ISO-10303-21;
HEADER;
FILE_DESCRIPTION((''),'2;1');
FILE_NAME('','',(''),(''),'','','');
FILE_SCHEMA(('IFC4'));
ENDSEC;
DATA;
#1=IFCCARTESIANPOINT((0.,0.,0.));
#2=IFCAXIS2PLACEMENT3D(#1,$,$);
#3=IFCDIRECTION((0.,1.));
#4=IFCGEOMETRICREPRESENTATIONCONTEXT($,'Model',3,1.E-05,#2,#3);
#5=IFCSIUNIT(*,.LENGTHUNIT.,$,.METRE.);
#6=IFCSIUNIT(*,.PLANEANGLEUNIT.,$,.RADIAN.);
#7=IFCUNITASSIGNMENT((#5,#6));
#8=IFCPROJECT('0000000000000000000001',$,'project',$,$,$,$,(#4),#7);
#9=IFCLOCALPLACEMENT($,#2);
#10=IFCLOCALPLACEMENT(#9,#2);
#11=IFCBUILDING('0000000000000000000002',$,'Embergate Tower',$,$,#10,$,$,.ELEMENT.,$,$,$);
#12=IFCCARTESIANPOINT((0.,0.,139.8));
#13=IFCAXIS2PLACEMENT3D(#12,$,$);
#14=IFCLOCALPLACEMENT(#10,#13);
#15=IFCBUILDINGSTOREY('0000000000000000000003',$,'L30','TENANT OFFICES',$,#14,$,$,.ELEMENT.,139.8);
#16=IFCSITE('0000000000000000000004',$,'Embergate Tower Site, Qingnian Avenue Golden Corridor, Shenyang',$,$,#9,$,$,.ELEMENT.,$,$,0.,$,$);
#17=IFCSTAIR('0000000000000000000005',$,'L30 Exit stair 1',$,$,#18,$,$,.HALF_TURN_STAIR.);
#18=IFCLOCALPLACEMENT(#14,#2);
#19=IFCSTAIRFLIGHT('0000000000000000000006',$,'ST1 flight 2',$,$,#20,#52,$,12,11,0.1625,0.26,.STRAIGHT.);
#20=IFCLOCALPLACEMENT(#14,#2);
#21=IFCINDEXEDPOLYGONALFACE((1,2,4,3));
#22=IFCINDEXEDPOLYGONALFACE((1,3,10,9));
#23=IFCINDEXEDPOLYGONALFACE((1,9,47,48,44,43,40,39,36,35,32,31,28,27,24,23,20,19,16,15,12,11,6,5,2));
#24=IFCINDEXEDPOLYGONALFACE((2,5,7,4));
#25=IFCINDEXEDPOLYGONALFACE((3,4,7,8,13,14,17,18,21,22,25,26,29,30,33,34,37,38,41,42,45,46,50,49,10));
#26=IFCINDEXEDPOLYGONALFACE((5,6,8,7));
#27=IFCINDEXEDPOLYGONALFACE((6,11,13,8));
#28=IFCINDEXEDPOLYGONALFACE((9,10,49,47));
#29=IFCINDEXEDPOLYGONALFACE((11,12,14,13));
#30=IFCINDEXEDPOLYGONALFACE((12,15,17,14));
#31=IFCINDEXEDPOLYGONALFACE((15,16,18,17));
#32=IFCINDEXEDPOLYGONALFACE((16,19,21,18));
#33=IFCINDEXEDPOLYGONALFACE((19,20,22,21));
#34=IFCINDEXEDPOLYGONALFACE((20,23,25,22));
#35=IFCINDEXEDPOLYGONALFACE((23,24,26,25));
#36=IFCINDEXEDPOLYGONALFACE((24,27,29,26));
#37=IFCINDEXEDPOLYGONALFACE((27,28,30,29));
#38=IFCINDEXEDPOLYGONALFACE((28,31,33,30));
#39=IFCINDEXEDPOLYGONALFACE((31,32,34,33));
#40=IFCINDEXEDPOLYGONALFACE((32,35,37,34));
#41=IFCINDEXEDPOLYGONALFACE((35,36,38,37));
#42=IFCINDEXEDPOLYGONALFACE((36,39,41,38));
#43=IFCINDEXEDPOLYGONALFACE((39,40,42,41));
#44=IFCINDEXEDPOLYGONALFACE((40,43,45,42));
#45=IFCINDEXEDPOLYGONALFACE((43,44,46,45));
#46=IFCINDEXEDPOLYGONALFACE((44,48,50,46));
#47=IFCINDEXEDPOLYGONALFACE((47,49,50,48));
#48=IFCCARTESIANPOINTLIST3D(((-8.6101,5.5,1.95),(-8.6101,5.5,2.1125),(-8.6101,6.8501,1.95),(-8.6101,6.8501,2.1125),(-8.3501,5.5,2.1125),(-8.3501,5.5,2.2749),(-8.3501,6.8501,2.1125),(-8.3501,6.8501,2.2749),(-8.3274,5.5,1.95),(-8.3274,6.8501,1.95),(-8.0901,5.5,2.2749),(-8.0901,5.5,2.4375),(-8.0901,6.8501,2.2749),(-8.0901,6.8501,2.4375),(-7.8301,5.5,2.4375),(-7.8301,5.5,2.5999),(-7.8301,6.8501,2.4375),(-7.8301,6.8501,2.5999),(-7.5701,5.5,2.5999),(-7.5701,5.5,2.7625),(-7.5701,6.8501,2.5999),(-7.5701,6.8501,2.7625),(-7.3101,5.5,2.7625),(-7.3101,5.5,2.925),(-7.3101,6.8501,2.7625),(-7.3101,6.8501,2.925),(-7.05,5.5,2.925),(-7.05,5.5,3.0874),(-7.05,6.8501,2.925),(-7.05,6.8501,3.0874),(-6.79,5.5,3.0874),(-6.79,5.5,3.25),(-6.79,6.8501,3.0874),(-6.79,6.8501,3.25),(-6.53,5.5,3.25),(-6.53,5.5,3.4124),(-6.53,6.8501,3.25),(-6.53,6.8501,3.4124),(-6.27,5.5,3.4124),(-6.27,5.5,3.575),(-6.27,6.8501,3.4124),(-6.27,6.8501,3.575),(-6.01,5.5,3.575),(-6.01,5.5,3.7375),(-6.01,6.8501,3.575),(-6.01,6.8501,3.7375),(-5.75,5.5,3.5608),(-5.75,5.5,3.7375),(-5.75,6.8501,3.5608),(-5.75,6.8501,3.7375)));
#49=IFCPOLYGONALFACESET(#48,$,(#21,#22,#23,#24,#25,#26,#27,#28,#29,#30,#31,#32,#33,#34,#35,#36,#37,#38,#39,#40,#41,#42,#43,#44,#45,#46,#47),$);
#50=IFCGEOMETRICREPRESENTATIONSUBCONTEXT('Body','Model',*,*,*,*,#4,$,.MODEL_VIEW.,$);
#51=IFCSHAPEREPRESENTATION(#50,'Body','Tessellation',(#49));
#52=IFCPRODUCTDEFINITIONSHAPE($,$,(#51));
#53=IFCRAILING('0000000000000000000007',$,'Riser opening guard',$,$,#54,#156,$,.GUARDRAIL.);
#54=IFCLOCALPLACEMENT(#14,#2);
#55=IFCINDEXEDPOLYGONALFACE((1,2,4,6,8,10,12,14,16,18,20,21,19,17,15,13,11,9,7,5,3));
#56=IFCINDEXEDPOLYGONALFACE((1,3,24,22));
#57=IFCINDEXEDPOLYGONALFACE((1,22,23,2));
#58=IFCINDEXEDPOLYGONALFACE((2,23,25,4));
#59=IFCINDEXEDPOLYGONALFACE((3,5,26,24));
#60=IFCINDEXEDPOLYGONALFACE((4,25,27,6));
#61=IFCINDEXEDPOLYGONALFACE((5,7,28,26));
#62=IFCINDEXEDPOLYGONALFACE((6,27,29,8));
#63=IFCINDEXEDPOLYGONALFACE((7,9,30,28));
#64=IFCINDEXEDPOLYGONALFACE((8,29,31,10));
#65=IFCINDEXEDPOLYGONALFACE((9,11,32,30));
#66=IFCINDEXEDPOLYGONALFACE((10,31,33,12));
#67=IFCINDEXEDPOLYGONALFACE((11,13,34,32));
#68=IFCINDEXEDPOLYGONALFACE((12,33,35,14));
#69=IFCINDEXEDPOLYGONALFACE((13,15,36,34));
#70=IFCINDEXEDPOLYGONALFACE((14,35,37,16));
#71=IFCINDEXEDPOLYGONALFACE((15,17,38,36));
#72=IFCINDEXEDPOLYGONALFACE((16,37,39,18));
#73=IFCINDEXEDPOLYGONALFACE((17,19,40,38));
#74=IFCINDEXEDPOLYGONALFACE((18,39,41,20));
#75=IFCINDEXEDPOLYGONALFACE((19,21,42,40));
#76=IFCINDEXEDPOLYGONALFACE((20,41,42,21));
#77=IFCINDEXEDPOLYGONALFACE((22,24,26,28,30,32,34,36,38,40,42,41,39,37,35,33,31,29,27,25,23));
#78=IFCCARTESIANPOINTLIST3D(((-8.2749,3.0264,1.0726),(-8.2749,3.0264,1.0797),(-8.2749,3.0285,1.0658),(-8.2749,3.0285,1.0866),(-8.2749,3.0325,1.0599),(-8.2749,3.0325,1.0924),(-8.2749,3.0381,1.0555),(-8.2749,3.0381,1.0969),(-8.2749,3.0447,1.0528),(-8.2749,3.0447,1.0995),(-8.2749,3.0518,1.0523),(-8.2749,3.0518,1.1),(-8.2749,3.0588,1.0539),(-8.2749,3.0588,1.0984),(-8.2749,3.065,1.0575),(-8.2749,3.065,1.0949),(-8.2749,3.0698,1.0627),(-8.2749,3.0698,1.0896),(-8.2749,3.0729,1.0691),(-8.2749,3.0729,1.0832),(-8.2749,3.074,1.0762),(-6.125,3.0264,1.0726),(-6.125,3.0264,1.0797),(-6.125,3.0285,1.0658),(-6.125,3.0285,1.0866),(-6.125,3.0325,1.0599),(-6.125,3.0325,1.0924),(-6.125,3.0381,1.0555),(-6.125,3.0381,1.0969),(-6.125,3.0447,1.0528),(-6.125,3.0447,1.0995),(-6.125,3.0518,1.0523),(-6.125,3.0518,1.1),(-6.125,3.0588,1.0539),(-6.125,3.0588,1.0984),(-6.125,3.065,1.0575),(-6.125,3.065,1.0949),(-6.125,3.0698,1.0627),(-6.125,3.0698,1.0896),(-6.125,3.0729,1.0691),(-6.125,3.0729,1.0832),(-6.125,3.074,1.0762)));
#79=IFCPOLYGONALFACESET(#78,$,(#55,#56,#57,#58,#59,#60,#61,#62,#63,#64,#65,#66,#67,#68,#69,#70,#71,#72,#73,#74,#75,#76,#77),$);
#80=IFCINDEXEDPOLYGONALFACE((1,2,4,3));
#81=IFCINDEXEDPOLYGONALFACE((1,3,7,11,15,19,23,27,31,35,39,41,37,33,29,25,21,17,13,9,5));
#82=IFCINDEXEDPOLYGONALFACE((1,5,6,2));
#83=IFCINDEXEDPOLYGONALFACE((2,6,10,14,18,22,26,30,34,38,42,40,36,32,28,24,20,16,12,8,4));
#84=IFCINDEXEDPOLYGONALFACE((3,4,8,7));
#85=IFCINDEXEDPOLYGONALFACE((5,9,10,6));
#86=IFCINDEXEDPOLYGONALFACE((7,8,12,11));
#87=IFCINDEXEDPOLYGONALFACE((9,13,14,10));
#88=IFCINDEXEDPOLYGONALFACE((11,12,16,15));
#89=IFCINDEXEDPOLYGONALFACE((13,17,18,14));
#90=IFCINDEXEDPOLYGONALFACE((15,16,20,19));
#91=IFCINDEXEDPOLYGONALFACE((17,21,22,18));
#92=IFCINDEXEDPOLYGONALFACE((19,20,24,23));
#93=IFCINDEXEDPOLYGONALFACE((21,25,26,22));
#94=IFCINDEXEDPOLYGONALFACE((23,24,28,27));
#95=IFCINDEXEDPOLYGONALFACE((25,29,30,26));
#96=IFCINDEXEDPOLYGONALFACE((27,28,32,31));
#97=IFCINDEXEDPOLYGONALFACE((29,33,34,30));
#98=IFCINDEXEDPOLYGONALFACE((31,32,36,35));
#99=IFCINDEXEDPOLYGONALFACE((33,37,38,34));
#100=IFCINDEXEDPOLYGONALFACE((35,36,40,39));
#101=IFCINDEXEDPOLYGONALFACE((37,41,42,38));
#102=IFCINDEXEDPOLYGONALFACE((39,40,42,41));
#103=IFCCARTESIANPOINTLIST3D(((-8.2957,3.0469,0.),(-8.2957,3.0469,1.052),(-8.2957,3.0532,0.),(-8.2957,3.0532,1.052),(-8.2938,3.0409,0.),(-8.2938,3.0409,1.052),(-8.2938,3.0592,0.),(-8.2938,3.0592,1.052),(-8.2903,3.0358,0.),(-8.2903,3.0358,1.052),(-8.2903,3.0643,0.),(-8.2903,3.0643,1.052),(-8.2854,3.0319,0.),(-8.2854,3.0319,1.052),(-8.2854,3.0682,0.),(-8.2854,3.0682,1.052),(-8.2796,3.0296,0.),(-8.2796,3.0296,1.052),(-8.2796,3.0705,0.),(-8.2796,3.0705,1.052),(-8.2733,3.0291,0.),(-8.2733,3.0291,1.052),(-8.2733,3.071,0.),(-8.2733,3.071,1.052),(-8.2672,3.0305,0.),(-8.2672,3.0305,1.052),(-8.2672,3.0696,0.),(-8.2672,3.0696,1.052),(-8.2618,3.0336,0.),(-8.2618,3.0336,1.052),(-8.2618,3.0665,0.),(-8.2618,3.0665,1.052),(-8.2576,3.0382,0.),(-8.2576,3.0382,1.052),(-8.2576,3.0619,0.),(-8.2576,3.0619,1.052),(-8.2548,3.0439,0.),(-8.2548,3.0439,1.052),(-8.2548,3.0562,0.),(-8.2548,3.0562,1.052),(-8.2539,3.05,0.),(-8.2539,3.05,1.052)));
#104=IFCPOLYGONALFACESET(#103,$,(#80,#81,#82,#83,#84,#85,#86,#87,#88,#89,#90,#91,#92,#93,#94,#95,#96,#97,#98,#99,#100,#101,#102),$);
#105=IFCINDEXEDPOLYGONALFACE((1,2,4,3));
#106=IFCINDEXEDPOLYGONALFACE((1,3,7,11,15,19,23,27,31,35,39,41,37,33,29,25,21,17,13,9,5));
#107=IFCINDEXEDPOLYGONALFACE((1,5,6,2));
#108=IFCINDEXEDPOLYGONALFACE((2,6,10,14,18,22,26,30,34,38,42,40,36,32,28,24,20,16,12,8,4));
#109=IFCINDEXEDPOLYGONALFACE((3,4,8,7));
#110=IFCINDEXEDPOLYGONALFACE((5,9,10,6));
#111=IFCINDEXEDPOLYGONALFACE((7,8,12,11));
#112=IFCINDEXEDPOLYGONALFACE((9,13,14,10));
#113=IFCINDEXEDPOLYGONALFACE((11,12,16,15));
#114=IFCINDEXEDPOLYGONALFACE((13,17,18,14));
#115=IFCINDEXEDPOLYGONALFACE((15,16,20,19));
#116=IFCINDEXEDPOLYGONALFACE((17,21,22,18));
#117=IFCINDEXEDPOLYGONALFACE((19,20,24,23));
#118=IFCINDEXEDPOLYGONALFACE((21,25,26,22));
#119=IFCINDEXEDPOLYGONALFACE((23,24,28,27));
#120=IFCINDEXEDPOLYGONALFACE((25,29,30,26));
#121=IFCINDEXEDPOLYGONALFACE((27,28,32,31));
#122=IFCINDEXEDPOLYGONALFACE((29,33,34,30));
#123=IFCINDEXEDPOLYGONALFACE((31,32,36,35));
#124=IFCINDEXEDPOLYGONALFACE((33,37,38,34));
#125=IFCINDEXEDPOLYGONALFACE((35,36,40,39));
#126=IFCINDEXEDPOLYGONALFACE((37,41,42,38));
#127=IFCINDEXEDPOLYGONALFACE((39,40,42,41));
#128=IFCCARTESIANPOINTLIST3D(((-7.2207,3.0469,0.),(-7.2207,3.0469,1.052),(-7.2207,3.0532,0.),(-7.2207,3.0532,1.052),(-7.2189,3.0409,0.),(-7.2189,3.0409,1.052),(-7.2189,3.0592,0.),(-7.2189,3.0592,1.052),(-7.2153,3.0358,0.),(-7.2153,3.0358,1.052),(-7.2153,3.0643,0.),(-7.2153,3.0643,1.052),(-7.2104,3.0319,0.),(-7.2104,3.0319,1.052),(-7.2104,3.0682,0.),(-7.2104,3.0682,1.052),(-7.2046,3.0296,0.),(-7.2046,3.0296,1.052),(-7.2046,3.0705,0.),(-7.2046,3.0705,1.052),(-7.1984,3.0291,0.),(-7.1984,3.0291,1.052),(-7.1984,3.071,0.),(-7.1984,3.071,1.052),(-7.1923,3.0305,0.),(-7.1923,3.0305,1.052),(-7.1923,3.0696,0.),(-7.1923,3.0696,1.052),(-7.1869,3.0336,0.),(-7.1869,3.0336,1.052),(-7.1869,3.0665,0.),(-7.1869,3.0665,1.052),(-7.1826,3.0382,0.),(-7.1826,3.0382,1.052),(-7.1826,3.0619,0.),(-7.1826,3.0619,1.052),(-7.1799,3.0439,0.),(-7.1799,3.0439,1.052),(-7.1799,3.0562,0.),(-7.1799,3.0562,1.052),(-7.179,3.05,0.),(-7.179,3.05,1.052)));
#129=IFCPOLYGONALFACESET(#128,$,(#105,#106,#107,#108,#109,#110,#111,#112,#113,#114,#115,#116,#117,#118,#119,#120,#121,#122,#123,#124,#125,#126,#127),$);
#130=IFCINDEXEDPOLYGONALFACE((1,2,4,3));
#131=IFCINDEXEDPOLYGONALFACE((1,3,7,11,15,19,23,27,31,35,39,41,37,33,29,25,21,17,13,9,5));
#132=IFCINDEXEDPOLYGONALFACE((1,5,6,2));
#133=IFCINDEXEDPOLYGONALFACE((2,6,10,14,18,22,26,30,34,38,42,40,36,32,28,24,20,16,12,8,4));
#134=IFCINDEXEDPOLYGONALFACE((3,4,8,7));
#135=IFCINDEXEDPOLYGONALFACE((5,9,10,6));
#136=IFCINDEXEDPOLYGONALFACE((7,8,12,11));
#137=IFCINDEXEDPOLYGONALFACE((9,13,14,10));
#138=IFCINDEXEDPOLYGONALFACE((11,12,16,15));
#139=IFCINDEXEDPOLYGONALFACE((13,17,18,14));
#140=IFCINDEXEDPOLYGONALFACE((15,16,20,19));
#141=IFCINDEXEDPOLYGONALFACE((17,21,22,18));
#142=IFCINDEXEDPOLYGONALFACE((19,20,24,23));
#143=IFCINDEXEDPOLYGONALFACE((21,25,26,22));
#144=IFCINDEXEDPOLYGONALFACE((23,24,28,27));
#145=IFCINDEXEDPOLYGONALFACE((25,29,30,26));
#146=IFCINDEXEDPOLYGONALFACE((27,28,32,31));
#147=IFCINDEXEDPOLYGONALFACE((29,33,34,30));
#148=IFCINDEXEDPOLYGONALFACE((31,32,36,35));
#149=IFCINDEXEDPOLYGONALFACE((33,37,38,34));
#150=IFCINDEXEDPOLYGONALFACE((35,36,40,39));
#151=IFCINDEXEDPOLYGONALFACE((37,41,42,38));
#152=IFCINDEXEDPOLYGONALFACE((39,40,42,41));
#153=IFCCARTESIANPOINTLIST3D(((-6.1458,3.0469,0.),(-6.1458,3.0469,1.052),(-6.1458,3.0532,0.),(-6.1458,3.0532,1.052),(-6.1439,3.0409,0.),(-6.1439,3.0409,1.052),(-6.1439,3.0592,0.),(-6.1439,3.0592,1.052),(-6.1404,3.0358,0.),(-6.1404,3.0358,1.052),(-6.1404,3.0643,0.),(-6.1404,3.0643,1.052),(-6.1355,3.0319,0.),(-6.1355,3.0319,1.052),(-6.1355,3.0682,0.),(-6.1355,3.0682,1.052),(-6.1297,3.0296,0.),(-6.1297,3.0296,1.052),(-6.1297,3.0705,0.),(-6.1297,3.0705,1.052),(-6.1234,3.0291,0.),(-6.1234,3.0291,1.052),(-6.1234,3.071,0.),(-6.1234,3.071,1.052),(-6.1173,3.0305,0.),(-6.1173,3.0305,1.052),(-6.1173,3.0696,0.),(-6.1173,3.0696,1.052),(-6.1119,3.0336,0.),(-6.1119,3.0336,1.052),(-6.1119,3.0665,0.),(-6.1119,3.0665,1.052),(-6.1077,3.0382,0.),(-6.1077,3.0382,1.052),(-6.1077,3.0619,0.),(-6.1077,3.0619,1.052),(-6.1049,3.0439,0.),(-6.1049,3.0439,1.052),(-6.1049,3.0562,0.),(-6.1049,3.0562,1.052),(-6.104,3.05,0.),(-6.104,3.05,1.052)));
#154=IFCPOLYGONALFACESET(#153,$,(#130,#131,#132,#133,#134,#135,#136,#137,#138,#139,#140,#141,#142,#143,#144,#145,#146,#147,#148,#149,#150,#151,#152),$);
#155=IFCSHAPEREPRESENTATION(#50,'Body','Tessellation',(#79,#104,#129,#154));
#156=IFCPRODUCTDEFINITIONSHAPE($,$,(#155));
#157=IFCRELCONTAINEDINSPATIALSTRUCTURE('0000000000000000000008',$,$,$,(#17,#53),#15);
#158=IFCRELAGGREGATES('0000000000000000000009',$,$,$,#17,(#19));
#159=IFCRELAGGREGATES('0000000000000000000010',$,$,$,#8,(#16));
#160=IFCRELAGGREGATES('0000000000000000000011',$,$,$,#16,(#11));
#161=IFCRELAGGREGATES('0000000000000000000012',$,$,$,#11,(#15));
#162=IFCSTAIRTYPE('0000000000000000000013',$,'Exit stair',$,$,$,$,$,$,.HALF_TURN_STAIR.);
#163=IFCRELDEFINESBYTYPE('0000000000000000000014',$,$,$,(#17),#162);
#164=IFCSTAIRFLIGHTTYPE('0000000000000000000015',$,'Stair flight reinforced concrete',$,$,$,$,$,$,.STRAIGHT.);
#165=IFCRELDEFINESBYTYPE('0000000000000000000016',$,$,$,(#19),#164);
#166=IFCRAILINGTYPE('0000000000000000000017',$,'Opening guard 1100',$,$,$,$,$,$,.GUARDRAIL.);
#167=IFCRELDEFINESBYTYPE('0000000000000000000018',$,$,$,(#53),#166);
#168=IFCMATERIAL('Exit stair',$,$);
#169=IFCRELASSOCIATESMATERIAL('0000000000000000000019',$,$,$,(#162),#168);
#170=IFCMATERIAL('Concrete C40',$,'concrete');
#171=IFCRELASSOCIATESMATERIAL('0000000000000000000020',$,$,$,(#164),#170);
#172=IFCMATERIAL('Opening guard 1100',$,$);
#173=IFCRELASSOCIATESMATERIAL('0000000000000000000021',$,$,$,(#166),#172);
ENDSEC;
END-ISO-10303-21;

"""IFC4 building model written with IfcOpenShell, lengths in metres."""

from ifc_helpers import new_model, si_unit, direction, frame, origin, origin_2d, place, context, subcontext, project, spatial, polyline, circle, outline, extrude, source, transform, mapped, material, type_object, element, aggregate, save


model = new_model("IFC4")

# Units and contexts
model_context = context("Model", 3, precision=1e-05, world=origin(), true_north=direction((0.0, 1.0)))
body_context = subcontext(model_context, "Body", "Model", "MODEL_VIEW")
ifc_project = project(units=[si_unit("LENGTHUNIT", "METRE"), si_unit("PLANEANGLEUNIT", "RADIAN")], contexts=[model_context])

# Site, building, storey
site_placement = place(None, origin())
site = spatial("IfcSite", under=ifc_project, at=site_placement, Name="Embergate Tower Site, Qingnian Avenue Golden Corridor, Shenyang", CompositionType="ELEMENT", RefElevation=0.0)
building_placement = place(site_placement, origin())
building = spatial("IfcBuilding", under=site, at=building_placement, Name="Embergate Tower", CompositionType="ELEMENT")
storey_placement = place(building_placement, frame((0.0, 0.0, 139.8)))
storey = spatial("IfcBuildingStorey", under=building, at=storey_placement, Name="L30", Description="TENANT OFFICES", CompositionType="ELEMENT", Elevation=139.8)

# Stair
ifc_material_1 = material(Name="Exit stair")
stair_type = type_object("IfcStairType", Name="Exit stair", PredefinedType="HALF_TURN_STAIR", material=ifc_material_1)
stair_placement = place(storey_placement, origin())
stair = element("IfcStair", 1, at=stair_placement, inside=storey, type_object=stair_type, Name="L30 Exit stair 1", PredefinedType="HALF_TURN_STAIR")
ifc_material_2 = material(Name="Concrete C40", Category="concrete")

# Stair flight
stair_flight_type = type_object("IfcStairFlightType", Name="Stair flight reinforced concrete", PredefinedType="STRAIGHT", material=ifc_material_2)
shared_shape_1 = source(origin(), body_context, "Body", "SweptSolid", [
    extrude(outline(polyline([(0.0, 0.0), (0.0, 0.1626), (0.26, 0.1626), (0.26, 0.325), (0.52, 0.325), (0.52, 0.4875), (0.78, 0.4875), (0.78, 0.6499), (1.04, 0.6499), (1.04, 0.8125), (1.3, 0.8125), (1.3, 0.9751), (1.5601, 0.9751), (1.5601, 1.1375), (1.8201, 1.1375), (1.8201, 1.3), (2.0801, 1.3), (2.0801, 1.4624), (2.3401, 1.4624), (2.3401, 1.625), (2.6001, 1.625), (2.6001, 1.7876), (2.8601, 1.7876), (2.8601, 1.95), (2.8601, 1.6108), (0.2827, 0.0), (0.0, 0.0)])), frame((0.0, 0.675, 0.0), z_axis=(0.0, -1.0, 0.0), x_axis=(1.0, 0.0, 0.0)), (0.0, 0.0, 1.0), 1.3501),
])
stair_flight_1_placement = place(storey_placement, frame((-8.6101, 6.175, 1.95), z_axis=(0.0, 0.0, 1.0), x_axis=(1.0, 0.0, 0.0)))
stair_flight_1 = element("IfcStairFlight", 2, at=stair_flight_1_placement, type_object=stair_flight_type, Name="ST1 flight 2", NumberOfRisers=12, NumberOfTreads=11, PredefinedType="STRAIGHT", RiserHeight=0.1625, TreadLength=0.26, context=body_context, shape_type="MappedRepresentation", body=[
    mapped(shared_shape_1, transform((0.0, 0.0, 0.0))),
])
aggregate(stair, [stair_flight_1])

# Railing
ifc_material_3 = material(Name="Opening guard 1100")
railing_type_1 = type_object("IfcRailingType", Name="Opening guard 1100", PredefinedType="GUARDRAIL", material=ifc_material_3)
shared_shape_2 = source(origin(), body_context, "Body", "SweptSolid", [
    extrude(circle(Radius=0.0239, at=origin_2d()), frame((0.0, 0.0, 1.0762), z_axis=(1.0, 0.0, 0.0), x_axis=(0.0, 1.0, 0.0)), (0.0, 0.0, 1.0), 2.1499),
    extrude(circle(Radius=0.021, at=origin_2d()), origin(), (0.0, 0.0, 1.0), 1.052),
    extrude(circle(Radius=0.021, at=origin_2d()), frame((1.075, 0.0, 0.0)), (0.0, 0.0, 1.0), 1.052),
    extrude(circle(Radius=0.021, at=origin_2d()), frame((2.1499, 0.0, 0.0)), (0.0, 0.0, 1.0), 1.052),
])
railing_1_placement = place(storey_placement, frame((-8.2749, 3.05, 0.0)))
element("IfcRailing", 3, at=railing_1_placement, inside=storey, type_object=railing_type_1, Name="Riser opening guard", PredefinedType="GUARDRAIL", context=body_context, shape_type="MappedRepresentation", body=[
    mapped(shared_shape_2, transform((0.0, 0.0, 0.0))),
])

save(model, "model.ifc")
